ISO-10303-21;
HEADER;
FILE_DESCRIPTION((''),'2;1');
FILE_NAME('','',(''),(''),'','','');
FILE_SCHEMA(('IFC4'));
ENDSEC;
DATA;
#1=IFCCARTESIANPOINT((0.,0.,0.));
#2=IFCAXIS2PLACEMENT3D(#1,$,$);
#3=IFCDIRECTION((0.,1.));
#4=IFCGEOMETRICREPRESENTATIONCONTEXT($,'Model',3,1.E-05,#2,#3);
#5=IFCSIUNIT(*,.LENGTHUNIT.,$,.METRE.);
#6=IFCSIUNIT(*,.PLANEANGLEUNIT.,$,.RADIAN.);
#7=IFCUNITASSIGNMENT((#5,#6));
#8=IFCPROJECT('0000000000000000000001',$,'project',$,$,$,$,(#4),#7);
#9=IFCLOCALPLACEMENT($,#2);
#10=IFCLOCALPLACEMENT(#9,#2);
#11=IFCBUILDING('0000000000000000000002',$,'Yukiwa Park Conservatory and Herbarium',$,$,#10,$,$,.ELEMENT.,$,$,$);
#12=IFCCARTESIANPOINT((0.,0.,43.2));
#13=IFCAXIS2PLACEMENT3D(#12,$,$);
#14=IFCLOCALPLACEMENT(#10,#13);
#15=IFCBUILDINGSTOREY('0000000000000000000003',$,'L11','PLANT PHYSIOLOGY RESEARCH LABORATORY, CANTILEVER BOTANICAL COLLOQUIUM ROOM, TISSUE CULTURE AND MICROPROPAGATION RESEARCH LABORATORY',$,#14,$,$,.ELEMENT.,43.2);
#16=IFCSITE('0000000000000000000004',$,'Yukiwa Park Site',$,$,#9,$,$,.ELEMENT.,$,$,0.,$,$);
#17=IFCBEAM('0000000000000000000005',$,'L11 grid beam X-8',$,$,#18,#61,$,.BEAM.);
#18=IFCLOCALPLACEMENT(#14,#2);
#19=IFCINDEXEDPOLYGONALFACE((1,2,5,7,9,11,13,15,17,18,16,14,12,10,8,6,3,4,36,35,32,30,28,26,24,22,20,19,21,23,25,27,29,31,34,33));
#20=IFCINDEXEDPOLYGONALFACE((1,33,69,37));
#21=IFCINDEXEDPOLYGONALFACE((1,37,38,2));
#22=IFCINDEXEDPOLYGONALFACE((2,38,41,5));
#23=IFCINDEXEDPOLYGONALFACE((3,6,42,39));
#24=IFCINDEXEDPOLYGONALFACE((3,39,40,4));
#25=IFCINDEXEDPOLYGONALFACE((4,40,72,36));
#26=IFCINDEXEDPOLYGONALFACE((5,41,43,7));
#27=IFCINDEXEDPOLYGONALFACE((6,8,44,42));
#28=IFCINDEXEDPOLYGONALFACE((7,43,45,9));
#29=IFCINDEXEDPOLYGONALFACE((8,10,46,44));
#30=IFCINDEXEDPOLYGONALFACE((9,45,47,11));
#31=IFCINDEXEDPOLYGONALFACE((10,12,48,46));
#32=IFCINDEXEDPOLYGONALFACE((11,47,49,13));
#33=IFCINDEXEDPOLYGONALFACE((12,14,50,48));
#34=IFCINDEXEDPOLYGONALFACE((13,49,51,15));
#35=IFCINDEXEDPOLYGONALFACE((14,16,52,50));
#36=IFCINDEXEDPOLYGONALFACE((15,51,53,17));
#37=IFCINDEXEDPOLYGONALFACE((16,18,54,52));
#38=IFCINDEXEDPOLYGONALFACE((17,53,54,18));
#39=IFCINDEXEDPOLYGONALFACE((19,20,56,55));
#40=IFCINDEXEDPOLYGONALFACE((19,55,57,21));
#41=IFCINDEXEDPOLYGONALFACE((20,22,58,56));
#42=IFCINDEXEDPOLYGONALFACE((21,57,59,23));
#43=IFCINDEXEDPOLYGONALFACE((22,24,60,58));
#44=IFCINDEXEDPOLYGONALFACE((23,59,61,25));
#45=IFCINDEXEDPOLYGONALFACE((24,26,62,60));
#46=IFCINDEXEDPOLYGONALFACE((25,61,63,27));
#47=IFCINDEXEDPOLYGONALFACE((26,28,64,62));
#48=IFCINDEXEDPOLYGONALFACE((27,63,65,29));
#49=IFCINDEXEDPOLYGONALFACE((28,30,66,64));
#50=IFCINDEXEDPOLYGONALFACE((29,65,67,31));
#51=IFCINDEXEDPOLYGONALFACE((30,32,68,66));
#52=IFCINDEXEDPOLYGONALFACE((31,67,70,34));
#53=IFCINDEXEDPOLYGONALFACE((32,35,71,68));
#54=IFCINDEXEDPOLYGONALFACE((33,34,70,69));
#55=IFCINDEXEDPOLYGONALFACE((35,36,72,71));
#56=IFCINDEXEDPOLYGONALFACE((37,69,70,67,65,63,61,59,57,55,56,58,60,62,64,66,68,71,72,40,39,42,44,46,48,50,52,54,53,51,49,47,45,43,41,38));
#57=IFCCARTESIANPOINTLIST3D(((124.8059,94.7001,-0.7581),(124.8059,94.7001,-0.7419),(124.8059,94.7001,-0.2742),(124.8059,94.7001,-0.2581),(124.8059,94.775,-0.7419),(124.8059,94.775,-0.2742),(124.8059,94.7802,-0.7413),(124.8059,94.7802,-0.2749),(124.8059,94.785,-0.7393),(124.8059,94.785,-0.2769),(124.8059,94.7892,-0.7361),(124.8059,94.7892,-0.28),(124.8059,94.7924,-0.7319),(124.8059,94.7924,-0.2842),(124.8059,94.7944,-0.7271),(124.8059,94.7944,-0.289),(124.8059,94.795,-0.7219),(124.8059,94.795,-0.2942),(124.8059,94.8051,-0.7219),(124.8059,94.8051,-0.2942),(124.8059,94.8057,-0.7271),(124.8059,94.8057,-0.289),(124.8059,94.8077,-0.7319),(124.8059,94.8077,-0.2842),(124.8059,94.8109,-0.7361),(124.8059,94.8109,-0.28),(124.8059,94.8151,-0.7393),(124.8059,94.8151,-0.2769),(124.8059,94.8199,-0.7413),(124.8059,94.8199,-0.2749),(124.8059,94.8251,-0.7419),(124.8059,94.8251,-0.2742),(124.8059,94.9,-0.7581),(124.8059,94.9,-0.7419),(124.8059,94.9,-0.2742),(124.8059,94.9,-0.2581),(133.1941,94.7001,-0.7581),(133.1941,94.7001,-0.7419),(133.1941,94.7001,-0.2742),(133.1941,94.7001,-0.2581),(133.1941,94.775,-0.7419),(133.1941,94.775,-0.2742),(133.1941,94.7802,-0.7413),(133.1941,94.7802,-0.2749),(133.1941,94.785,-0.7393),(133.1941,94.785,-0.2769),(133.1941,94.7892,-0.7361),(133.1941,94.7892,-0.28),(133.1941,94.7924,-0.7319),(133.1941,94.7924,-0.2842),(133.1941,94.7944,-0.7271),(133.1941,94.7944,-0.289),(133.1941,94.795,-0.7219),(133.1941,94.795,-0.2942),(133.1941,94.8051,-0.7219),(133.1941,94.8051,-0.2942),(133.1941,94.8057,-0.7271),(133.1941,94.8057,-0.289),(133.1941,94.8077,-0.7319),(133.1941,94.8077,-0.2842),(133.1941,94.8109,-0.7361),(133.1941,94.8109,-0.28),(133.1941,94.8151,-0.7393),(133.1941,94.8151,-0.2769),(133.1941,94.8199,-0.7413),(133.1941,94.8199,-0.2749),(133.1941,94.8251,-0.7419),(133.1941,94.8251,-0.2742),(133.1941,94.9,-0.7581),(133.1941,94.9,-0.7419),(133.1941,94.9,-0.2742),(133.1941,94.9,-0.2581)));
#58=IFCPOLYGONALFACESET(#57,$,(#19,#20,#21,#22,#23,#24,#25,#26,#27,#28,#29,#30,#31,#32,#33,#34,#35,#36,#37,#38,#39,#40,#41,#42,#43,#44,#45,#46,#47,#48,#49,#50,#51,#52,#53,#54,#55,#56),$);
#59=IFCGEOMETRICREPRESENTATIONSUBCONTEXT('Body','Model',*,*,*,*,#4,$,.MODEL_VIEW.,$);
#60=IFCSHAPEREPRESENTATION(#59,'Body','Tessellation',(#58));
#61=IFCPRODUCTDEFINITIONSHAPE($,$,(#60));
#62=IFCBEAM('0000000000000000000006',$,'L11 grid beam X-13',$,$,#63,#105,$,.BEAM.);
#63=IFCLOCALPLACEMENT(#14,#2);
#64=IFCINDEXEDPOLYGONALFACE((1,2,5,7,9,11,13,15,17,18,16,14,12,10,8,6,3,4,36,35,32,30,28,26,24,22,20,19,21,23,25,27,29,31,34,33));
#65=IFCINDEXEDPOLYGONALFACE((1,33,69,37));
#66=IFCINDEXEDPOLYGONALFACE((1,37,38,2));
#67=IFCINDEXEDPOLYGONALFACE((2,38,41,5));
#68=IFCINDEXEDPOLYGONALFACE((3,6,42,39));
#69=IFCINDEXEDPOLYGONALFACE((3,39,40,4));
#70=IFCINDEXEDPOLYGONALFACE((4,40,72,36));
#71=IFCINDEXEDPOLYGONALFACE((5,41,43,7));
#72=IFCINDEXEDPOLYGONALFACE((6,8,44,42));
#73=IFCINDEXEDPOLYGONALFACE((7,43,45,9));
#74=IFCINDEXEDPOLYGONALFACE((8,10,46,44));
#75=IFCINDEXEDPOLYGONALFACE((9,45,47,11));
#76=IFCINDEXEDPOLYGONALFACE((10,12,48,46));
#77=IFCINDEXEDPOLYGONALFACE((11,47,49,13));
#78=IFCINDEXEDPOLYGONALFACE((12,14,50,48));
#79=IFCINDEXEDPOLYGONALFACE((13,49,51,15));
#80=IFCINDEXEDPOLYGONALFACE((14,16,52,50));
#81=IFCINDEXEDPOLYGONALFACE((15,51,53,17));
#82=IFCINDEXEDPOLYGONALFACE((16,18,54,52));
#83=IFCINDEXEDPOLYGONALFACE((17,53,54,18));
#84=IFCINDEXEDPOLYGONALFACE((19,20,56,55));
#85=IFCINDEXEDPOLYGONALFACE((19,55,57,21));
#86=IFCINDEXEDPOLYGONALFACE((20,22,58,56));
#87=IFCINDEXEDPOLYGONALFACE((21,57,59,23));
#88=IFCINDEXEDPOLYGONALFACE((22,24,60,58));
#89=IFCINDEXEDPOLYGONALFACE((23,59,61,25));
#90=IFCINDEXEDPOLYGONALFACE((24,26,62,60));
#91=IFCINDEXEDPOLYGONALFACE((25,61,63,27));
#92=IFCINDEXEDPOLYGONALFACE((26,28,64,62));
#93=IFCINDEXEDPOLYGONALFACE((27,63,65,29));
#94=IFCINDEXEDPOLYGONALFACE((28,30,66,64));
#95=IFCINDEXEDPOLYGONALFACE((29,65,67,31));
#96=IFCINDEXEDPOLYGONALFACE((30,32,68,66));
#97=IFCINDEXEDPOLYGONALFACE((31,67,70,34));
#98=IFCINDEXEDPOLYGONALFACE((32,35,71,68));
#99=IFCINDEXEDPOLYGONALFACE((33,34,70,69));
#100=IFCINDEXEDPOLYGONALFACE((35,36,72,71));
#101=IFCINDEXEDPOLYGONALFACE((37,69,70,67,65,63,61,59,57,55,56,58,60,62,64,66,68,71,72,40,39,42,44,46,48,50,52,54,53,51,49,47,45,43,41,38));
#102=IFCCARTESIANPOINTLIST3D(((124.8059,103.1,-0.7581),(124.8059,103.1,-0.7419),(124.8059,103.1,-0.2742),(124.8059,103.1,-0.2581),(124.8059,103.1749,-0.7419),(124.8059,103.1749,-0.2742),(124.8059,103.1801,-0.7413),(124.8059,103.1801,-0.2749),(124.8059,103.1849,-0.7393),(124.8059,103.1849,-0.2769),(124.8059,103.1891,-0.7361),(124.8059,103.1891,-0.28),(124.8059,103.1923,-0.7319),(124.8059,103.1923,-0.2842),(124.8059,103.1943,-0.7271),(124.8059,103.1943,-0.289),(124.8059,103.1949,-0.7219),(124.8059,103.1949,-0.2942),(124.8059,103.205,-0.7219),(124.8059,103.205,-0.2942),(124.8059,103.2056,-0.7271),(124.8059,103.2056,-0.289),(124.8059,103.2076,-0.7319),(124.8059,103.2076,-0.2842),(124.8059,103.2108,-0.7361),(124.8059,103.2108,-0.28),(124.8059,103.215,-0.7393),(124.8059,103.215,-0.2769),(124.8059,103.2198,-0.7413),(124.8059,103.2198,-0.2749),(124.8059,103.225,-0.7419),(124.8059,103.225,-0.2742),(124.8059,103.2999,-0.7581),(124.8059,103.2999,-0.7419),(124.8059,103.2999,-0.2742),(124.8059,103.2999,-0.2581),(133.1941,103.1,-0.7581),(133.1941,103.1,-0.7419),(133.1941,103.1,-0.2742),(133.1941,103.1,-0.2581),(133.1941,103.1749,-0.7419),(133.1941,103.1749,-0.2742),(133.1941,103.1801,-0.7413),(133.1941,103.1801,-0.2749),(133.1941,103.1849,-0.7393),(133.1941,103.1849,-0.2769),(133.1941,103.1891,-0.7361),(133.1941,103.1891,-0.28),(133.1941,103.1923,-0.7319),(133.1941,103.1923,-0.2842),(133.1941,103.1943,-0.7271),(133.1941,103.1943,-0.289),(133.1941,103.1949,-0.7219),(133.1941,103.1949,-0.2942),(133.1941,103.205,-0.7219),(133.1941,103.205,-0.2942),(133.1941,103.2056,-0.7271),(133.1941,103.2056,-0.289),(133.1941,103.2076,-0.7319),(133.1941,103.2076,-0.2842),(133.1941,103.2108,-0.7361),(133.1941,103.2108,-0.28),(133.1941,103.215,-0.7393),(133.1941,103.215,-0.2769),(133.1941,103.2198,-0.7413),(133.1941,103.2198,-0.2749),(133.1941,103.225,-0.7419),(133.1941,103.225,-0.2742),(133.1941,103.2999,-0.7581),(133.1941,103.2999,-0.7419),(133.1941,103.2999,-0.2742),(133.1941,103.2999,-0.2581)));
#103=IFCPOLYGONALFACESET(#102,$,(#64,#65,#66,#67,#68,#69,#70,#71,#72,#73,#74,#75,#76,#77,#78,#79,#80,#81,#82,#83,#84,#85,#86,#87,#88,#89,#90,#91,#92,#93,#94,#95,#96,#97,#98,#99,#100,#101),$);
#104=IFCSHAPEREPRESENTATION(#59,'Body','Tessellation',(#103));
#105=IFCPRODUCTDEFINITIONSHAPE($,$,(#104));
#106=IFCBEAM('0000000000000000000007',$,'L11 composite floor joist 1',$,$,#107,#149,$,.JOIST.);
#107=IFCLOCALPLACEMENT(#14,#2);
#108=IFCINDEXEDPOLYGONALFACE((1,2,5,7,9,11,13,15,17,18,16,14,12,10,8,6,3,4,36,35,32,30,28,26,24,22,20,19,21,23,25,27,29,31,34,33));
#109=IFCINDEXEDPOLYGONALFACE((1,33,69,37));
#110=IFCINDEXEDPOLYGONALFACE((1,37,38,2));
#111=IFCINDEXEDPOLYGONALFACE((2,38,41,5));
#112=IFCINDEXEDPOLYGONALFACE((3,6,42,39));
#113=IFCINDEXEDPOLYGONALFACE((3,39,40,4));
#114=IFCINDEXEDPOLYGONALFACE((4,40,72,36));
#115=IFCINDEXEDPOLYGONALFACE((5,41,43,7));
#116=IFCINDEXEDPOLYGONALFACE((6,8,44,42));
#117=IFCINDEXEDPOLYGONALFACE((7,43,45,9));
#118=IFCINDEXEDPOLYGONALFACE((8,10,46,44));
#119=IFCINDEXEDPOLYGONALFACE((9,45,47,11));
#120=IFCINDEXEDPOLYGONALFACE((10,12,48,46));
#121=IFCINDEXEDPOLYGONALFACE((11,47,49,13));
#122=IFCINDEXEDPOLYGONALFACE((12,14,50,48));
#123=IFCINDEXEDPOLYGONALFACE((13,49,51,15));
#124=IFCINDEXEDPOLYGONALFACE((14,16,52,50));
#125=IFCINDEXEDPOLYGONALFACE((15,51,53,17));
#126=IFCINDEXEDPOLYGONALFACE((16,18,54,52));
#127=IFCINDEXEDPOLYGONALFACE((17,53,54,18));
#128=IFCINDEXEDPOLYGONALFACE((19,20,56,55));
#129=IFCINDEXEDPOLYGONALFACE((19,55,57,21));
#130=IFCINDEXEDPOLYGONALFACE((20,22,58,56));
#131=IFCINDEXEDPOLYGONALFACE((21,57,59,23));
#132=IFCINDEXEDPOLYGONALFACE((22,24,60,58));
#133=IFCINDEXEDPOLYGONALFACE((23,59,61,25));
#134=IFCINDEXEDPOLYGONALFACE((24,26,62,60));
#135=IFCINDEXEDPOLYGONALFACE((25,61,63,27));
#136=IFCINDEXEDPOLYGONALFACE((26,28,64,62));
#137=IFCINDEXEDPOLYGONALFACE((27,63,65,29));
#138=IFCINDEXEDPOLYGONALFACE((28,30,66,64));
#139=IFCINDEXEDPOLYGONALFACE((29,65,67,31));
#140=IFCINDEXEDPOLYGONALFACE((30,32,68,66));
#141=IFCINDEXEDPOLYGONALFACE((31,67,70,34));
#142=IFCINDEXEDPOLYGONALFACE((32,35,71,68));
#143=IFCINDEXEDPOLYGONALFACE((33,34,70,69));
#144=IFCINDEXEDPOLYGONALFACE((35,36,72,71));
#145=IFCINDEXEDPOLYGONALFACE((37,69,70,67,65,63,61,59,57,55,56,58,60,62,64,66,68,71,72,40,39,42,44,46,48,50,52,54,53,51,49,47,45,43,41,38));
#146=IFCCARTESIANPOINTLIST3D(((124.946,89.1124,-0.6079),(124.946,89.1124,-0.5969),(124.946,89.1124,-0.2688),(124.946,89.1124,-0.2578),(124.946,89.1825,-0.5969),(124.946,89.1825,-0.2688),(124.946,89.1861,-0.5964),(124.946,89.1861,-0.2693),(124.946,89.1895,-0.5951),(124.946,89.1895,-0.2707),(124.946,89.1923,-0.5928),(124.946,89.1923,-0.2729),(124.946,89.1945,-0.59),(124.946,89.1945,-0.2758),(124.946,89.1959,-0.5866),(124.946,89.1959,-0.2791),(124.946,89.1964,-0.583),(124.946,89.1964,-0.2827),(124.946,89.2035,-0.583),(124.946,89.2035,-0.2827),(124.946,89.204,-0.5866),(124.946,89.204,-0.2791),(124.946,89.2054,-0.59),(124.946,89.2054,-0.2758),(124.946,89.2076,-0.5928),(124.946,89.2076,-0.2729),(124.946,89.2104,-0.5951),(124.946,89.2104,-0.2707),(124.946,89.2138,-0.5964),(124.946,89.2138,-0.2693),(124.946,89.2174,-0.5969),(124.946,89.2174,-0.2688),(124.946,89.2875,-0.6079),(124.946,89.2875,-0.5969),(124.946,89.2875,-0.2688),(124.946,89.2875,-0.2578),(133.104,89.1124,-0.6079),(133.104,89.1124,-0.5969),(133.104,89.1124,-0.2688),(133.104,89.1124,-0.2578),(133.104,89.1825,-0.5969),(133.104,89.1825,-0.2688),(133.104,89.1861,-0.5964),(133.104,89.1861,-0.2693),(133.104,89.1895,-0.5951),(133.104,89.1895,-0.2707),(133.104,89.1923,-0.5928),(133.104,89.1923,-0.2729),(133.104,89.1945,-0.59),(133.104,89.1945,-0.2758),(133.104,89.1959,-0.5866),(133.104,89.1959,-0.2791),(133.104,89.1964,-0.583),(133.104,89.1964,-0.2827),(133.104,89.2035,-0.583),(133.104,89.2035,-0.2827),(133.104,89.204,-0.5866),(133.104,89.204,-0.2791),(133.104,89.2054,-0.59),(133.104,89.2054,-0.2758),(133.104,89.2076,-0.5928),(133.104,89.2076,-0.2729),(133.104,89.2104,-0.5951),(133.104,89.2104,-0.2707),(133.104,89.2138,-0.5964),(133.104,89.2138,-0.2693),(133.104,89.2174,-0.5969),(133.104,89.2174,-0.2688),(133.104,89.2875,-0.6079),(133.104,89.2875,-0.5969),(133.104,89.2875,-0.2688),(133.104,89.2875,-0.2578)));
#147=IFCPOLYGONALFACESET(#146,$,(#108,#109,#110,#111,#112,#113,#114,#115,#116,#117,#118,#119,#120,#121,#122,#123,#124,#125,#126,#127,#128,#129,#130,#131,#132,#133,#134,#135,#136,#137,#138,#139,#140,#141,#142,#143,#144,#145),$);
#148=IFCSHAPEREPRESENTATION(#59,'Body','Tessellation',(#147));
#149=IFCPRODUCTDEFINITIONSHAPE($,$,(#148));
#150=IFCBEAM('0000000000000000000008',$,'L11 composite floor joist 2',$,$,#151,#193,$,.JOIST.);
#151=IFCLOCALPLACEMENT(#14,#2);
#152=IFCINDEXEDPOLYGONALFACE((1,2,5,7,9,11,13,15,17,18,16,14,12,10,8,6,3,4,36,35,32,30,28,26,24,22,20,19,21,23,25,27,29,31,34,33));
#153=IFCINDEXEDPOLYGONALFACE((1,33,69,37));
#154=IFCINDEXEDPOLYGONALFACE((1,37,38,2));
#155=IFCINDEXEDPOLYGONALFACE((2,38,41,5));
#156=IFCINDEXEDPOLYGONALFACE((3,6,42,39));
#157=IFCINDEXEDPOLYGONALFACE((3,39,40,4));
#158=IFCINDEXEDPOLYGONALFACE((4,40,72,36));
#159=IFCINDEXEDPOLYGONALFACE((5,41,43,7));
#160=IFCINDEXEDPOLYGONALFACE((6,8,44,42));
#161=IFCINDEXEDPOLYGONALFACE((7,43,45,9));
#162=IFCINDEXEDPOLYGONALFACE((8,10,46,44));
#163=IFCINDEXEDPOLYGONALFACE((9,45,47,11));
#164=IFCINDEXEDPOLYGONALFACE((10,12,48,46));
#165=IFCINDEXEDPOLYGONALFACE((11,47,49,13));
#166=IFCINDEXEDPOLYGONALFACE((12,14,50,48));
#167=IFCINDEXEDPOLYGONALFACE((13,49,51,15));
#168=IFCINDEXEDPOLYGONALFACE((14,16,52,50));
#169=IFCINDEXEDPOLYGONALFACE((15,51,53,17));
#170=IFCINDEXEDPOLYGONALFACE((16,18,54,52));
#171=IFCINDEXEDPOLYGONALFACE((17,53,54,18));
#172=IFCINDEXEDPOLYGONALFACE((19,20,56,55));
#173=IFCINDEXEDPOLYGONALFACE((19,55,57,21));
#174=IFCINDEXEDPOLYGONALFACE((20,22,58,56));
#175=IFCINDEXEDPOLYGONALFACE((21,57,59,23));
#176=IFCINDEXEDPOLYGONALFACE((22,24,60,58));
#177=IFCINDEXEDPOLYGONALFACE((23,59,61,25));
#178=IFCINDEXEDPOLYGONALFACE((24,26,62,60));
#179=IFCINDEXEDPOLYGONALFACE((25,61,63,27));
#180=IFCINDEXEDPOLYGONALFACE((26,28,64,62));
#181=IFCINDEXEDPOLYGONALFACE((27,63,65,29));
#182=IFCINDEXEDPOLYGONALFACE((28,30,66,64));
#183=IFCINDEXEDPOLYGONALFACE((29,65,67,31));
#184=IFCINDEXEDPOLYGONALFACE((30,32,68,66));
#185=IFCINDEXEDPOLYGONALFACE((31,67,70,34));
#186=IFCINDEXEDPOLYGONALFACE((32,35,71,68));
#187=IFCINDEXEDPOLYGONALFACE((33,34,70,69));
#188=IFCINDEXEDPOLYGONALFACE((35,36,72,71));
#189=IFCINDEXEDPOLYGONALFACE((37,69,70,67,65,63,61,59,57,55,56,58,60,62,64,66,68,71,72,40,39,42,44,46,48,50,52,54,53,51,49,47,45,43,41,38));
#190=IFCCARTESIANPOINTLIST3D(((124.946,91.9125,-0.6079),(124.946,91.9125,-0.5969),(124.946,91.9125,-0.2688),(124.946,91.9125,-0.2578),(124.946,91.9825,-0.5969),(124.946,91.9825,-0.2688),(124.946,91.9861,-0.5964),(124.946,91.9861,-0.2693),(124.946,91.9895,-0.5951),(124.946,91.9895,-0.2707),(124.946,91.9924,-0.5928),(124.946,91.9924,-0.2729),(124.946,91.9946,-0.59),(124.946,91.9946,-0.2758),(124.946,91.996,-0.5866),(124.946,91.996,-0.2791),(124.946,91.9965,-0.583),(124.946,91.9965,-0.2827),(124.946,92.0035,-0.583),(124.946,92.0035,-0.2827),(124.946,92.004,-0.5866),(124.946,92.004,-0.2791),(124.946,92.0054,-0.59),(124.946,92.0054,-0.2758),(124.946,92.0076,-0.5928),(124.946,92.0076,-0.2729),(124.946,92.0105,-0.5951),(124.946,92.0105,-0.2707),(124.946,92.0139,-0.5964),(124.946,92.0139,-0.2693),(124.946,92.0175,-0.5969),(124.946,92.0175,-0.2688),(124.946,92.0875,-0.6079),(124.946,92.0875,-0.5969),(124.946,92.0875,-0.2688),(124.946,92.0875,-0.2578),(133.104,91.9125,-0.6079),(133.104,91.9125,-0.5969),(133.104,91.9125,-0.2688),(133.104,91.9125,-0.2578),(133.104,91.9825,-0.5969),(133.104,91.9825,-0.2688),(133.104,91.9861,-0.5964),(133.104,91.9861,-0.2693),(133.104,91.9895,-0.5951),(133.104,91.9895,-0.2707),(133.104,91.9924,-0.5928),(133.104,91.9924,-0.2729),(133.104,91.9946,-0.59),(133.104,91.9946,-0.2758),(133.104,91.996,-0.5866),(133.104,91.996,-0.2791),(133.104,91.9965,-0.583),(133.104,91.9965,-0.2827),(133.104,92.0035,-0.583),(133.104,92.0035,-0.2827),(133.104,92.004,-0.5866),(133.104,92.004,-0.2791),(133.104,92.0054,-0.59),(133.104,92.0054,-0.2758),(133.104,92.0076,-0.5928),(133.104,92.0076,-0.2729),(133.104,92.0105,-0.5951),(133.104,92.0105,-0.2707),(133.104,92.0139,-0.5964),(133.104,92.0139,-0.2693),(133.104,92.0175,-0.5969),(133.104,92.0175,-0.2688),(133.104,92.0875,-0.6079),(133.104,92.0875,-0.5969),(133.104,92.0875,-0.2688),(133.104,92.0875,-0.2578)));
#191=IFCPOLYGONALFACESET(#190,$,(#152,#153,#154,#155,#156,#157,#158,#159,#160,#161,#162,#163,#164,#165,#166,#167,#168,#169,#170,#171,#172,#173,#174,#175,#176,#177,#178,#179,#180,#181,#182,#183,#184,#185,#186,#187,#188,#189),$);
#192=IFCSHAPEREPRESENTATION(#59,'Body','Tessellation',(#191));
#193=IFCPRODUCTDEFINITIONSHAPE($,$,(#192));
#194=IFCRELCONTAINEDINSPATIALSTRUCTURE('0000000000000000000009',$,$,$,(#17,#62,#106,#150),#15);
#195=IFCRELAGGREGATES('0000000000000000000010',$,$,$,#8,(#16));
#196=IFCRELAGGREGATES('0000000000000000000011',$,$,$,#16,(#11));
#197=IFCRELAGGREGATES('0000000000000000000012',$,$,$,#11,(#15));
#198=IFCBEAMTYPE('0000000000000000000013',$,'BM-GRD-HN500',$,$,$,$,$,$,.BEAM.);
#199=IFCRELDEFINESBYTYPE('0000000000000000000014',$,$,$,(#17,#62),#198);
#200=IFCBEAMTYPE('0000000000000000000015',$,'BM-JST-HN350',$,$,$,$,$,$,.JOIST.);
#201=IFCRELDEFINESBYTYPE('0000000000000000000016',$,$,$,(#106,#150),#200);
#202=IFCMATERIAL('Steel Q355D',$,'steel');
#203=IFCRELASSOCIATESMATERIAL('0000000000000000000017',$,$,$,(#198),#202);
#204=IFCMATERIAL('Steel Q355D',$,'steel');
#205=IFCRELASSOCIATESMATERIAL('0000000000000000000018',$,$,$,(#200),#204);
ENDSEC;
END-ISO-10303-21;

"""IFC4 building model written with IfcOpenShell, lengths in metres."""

from ifc_helpers import new_model, si_unit, direction, frame, origin, origin_2d, place, context, subcontext, project, spatial, i_section, extrude, material, material_profile, profile_set, type_object, element, save


model = new_model("IFC4")

# Units and contexts
model_context = context("Model", 3, precision=1e-05, world=origin(), true_north=direction((0.0, 1.0)))
body_context = subcontext(model_context, "Body", "Model", "MODEL_VIEW")
ifc_project = project(units=[si_unit("LENGTHUNIT", "METRE"), si_unit("PLANEANGLEUNIT", "RADIAN")], contexts=[model_context])

# Site, building, storey
site_placement = place(None, origin())
site = spatial("IfcSite", under=ifc_project, at=site_placement, Name="Yukiwa Park Site", CompositionType="ELEMENT", RefElevation=0.0)
building_placement = place(site_placement, origin())
building = spatial("IfcBuilding", under=site, at=building_placement, Name="Yukiwa Park Conservatory and Herbarium", CompositionType="ELEMENT")
storey_placement = place(building_placement, frame((0.0, 0.0, 43.2)))
storey = spatial("IfcBuildingStorey", under=building, at=storey_placement, Name="L11", Description="PLANT PHYSIOLOGY RESEARCH LABORATORY, CANTILEVER BOTANICAL COLLOQUIUM ROOM, TISSUE CULTURE AND MICROPROPAGATION RESEARCH LABORATORY", CompositionType="ELEMENT", Elevation=43.2)

# Beams
ifc_material_1 = material(Name="Steel Q355D", Category="steel")
ifc_material_profile_1 = material_profile(ifc_material_1, i_section(OverallWidth=0.2, OverallDepth=0.5, WebThickness=0.01, FlangeThickness=0.0161, FilletRadius=0.02, at=origin_2d()), Name="HN 500x200x10x16")
ifc_profile_set_1 = profile_set([ifc_material_profile_1], Name="Steel Q355D")
beam_type_1 = type_object("IfcBeamType", Name="BM-GRD-HN500", PredefinedType="BEAM", material=ifc_profile_set_1)
for number, where, z_axis, x_axis, name in (
    (1, (124.8059, 94.8, -0.5081), (1.0, 0.0, 0.0), (0.0, 1.0, 0.0), "L11 grid beam X-8"),
    (2, (124.8059, 103.2, -0.5081), (1.0, 0.0, 0.0), (0.0, 1.0, 0.0), "L11 grid beam X-13"),
):
    element("IfcBeam", number, at=place(storey_placement, frame(where, z_axis=z_axis, x_axis=x_axis)), inside=storey, type_object=beam_type_1, Name=name, PredefinedType="BEAM", context=body_context, shape_type="SweptSolid", body=[
        extrude(i_section(OverallWidth=0.2, OverallDepth=0.5, WebThickness=0.01, FlangeThickness=0.0161, FilletRadius=0.02, at=origin_2d()), origin(), (0.0, 0.0, 1.0), 8.3882),
    ])
ifc_material_2 = material(Name="Steel Q355D", Category="steel")
ifc_material_profile_2 = material_profile(ifc_material_2, i_section(OverallWidth=0.175, OverallDepth=0.3501, WebThickness=0.0071, FlangeThickness=0.011, FilletRadius=0.0139, at=origin_2d()), Name="HN 350x175x7x11")
ifc_profile_set_2 = profile_set([ifc_material_profile_2], Name="Steel Q355D")
beam_type_2 = type_object("IfcBeamType", Name="BM-JST-HN350", PredefinedType="JOIST", material=ifc_profile_set_2)
for number, where, z_axis, x_axis, name in (
    (3, (124.946, 89.2, -0.4329), (1.0, 0.0, 0.0), (0.0, 1.0, 0.0), "L11 composite floor joist 1"),
    (4, (124.946, 92.0, -0.4329), (1.0, 0.0, 0.0), (0.0, 1.0, 0.0), "L11 composite floor joist 2"),
):
    element("IfcBeam", number, at=place(storey_placement, frame(where, z_axis=z_axis, x_axis=x_axis)), inside=storey, type_object=beam_type_2, Name=name, PredefinedType="JOIST", context=body_context, shape_type="SweptSolid", body=[
        extrude(i_section(OverallWidth=0.175, OverallDepth=0.3501, WebThickness=0.0071, FlangeThickness=0.011, FilletRadius=0.0139, at=origin_2d()), origin(), (0.0, 0.0, 1.0), 8.158),
    ])

save(model, "model.ifc")
